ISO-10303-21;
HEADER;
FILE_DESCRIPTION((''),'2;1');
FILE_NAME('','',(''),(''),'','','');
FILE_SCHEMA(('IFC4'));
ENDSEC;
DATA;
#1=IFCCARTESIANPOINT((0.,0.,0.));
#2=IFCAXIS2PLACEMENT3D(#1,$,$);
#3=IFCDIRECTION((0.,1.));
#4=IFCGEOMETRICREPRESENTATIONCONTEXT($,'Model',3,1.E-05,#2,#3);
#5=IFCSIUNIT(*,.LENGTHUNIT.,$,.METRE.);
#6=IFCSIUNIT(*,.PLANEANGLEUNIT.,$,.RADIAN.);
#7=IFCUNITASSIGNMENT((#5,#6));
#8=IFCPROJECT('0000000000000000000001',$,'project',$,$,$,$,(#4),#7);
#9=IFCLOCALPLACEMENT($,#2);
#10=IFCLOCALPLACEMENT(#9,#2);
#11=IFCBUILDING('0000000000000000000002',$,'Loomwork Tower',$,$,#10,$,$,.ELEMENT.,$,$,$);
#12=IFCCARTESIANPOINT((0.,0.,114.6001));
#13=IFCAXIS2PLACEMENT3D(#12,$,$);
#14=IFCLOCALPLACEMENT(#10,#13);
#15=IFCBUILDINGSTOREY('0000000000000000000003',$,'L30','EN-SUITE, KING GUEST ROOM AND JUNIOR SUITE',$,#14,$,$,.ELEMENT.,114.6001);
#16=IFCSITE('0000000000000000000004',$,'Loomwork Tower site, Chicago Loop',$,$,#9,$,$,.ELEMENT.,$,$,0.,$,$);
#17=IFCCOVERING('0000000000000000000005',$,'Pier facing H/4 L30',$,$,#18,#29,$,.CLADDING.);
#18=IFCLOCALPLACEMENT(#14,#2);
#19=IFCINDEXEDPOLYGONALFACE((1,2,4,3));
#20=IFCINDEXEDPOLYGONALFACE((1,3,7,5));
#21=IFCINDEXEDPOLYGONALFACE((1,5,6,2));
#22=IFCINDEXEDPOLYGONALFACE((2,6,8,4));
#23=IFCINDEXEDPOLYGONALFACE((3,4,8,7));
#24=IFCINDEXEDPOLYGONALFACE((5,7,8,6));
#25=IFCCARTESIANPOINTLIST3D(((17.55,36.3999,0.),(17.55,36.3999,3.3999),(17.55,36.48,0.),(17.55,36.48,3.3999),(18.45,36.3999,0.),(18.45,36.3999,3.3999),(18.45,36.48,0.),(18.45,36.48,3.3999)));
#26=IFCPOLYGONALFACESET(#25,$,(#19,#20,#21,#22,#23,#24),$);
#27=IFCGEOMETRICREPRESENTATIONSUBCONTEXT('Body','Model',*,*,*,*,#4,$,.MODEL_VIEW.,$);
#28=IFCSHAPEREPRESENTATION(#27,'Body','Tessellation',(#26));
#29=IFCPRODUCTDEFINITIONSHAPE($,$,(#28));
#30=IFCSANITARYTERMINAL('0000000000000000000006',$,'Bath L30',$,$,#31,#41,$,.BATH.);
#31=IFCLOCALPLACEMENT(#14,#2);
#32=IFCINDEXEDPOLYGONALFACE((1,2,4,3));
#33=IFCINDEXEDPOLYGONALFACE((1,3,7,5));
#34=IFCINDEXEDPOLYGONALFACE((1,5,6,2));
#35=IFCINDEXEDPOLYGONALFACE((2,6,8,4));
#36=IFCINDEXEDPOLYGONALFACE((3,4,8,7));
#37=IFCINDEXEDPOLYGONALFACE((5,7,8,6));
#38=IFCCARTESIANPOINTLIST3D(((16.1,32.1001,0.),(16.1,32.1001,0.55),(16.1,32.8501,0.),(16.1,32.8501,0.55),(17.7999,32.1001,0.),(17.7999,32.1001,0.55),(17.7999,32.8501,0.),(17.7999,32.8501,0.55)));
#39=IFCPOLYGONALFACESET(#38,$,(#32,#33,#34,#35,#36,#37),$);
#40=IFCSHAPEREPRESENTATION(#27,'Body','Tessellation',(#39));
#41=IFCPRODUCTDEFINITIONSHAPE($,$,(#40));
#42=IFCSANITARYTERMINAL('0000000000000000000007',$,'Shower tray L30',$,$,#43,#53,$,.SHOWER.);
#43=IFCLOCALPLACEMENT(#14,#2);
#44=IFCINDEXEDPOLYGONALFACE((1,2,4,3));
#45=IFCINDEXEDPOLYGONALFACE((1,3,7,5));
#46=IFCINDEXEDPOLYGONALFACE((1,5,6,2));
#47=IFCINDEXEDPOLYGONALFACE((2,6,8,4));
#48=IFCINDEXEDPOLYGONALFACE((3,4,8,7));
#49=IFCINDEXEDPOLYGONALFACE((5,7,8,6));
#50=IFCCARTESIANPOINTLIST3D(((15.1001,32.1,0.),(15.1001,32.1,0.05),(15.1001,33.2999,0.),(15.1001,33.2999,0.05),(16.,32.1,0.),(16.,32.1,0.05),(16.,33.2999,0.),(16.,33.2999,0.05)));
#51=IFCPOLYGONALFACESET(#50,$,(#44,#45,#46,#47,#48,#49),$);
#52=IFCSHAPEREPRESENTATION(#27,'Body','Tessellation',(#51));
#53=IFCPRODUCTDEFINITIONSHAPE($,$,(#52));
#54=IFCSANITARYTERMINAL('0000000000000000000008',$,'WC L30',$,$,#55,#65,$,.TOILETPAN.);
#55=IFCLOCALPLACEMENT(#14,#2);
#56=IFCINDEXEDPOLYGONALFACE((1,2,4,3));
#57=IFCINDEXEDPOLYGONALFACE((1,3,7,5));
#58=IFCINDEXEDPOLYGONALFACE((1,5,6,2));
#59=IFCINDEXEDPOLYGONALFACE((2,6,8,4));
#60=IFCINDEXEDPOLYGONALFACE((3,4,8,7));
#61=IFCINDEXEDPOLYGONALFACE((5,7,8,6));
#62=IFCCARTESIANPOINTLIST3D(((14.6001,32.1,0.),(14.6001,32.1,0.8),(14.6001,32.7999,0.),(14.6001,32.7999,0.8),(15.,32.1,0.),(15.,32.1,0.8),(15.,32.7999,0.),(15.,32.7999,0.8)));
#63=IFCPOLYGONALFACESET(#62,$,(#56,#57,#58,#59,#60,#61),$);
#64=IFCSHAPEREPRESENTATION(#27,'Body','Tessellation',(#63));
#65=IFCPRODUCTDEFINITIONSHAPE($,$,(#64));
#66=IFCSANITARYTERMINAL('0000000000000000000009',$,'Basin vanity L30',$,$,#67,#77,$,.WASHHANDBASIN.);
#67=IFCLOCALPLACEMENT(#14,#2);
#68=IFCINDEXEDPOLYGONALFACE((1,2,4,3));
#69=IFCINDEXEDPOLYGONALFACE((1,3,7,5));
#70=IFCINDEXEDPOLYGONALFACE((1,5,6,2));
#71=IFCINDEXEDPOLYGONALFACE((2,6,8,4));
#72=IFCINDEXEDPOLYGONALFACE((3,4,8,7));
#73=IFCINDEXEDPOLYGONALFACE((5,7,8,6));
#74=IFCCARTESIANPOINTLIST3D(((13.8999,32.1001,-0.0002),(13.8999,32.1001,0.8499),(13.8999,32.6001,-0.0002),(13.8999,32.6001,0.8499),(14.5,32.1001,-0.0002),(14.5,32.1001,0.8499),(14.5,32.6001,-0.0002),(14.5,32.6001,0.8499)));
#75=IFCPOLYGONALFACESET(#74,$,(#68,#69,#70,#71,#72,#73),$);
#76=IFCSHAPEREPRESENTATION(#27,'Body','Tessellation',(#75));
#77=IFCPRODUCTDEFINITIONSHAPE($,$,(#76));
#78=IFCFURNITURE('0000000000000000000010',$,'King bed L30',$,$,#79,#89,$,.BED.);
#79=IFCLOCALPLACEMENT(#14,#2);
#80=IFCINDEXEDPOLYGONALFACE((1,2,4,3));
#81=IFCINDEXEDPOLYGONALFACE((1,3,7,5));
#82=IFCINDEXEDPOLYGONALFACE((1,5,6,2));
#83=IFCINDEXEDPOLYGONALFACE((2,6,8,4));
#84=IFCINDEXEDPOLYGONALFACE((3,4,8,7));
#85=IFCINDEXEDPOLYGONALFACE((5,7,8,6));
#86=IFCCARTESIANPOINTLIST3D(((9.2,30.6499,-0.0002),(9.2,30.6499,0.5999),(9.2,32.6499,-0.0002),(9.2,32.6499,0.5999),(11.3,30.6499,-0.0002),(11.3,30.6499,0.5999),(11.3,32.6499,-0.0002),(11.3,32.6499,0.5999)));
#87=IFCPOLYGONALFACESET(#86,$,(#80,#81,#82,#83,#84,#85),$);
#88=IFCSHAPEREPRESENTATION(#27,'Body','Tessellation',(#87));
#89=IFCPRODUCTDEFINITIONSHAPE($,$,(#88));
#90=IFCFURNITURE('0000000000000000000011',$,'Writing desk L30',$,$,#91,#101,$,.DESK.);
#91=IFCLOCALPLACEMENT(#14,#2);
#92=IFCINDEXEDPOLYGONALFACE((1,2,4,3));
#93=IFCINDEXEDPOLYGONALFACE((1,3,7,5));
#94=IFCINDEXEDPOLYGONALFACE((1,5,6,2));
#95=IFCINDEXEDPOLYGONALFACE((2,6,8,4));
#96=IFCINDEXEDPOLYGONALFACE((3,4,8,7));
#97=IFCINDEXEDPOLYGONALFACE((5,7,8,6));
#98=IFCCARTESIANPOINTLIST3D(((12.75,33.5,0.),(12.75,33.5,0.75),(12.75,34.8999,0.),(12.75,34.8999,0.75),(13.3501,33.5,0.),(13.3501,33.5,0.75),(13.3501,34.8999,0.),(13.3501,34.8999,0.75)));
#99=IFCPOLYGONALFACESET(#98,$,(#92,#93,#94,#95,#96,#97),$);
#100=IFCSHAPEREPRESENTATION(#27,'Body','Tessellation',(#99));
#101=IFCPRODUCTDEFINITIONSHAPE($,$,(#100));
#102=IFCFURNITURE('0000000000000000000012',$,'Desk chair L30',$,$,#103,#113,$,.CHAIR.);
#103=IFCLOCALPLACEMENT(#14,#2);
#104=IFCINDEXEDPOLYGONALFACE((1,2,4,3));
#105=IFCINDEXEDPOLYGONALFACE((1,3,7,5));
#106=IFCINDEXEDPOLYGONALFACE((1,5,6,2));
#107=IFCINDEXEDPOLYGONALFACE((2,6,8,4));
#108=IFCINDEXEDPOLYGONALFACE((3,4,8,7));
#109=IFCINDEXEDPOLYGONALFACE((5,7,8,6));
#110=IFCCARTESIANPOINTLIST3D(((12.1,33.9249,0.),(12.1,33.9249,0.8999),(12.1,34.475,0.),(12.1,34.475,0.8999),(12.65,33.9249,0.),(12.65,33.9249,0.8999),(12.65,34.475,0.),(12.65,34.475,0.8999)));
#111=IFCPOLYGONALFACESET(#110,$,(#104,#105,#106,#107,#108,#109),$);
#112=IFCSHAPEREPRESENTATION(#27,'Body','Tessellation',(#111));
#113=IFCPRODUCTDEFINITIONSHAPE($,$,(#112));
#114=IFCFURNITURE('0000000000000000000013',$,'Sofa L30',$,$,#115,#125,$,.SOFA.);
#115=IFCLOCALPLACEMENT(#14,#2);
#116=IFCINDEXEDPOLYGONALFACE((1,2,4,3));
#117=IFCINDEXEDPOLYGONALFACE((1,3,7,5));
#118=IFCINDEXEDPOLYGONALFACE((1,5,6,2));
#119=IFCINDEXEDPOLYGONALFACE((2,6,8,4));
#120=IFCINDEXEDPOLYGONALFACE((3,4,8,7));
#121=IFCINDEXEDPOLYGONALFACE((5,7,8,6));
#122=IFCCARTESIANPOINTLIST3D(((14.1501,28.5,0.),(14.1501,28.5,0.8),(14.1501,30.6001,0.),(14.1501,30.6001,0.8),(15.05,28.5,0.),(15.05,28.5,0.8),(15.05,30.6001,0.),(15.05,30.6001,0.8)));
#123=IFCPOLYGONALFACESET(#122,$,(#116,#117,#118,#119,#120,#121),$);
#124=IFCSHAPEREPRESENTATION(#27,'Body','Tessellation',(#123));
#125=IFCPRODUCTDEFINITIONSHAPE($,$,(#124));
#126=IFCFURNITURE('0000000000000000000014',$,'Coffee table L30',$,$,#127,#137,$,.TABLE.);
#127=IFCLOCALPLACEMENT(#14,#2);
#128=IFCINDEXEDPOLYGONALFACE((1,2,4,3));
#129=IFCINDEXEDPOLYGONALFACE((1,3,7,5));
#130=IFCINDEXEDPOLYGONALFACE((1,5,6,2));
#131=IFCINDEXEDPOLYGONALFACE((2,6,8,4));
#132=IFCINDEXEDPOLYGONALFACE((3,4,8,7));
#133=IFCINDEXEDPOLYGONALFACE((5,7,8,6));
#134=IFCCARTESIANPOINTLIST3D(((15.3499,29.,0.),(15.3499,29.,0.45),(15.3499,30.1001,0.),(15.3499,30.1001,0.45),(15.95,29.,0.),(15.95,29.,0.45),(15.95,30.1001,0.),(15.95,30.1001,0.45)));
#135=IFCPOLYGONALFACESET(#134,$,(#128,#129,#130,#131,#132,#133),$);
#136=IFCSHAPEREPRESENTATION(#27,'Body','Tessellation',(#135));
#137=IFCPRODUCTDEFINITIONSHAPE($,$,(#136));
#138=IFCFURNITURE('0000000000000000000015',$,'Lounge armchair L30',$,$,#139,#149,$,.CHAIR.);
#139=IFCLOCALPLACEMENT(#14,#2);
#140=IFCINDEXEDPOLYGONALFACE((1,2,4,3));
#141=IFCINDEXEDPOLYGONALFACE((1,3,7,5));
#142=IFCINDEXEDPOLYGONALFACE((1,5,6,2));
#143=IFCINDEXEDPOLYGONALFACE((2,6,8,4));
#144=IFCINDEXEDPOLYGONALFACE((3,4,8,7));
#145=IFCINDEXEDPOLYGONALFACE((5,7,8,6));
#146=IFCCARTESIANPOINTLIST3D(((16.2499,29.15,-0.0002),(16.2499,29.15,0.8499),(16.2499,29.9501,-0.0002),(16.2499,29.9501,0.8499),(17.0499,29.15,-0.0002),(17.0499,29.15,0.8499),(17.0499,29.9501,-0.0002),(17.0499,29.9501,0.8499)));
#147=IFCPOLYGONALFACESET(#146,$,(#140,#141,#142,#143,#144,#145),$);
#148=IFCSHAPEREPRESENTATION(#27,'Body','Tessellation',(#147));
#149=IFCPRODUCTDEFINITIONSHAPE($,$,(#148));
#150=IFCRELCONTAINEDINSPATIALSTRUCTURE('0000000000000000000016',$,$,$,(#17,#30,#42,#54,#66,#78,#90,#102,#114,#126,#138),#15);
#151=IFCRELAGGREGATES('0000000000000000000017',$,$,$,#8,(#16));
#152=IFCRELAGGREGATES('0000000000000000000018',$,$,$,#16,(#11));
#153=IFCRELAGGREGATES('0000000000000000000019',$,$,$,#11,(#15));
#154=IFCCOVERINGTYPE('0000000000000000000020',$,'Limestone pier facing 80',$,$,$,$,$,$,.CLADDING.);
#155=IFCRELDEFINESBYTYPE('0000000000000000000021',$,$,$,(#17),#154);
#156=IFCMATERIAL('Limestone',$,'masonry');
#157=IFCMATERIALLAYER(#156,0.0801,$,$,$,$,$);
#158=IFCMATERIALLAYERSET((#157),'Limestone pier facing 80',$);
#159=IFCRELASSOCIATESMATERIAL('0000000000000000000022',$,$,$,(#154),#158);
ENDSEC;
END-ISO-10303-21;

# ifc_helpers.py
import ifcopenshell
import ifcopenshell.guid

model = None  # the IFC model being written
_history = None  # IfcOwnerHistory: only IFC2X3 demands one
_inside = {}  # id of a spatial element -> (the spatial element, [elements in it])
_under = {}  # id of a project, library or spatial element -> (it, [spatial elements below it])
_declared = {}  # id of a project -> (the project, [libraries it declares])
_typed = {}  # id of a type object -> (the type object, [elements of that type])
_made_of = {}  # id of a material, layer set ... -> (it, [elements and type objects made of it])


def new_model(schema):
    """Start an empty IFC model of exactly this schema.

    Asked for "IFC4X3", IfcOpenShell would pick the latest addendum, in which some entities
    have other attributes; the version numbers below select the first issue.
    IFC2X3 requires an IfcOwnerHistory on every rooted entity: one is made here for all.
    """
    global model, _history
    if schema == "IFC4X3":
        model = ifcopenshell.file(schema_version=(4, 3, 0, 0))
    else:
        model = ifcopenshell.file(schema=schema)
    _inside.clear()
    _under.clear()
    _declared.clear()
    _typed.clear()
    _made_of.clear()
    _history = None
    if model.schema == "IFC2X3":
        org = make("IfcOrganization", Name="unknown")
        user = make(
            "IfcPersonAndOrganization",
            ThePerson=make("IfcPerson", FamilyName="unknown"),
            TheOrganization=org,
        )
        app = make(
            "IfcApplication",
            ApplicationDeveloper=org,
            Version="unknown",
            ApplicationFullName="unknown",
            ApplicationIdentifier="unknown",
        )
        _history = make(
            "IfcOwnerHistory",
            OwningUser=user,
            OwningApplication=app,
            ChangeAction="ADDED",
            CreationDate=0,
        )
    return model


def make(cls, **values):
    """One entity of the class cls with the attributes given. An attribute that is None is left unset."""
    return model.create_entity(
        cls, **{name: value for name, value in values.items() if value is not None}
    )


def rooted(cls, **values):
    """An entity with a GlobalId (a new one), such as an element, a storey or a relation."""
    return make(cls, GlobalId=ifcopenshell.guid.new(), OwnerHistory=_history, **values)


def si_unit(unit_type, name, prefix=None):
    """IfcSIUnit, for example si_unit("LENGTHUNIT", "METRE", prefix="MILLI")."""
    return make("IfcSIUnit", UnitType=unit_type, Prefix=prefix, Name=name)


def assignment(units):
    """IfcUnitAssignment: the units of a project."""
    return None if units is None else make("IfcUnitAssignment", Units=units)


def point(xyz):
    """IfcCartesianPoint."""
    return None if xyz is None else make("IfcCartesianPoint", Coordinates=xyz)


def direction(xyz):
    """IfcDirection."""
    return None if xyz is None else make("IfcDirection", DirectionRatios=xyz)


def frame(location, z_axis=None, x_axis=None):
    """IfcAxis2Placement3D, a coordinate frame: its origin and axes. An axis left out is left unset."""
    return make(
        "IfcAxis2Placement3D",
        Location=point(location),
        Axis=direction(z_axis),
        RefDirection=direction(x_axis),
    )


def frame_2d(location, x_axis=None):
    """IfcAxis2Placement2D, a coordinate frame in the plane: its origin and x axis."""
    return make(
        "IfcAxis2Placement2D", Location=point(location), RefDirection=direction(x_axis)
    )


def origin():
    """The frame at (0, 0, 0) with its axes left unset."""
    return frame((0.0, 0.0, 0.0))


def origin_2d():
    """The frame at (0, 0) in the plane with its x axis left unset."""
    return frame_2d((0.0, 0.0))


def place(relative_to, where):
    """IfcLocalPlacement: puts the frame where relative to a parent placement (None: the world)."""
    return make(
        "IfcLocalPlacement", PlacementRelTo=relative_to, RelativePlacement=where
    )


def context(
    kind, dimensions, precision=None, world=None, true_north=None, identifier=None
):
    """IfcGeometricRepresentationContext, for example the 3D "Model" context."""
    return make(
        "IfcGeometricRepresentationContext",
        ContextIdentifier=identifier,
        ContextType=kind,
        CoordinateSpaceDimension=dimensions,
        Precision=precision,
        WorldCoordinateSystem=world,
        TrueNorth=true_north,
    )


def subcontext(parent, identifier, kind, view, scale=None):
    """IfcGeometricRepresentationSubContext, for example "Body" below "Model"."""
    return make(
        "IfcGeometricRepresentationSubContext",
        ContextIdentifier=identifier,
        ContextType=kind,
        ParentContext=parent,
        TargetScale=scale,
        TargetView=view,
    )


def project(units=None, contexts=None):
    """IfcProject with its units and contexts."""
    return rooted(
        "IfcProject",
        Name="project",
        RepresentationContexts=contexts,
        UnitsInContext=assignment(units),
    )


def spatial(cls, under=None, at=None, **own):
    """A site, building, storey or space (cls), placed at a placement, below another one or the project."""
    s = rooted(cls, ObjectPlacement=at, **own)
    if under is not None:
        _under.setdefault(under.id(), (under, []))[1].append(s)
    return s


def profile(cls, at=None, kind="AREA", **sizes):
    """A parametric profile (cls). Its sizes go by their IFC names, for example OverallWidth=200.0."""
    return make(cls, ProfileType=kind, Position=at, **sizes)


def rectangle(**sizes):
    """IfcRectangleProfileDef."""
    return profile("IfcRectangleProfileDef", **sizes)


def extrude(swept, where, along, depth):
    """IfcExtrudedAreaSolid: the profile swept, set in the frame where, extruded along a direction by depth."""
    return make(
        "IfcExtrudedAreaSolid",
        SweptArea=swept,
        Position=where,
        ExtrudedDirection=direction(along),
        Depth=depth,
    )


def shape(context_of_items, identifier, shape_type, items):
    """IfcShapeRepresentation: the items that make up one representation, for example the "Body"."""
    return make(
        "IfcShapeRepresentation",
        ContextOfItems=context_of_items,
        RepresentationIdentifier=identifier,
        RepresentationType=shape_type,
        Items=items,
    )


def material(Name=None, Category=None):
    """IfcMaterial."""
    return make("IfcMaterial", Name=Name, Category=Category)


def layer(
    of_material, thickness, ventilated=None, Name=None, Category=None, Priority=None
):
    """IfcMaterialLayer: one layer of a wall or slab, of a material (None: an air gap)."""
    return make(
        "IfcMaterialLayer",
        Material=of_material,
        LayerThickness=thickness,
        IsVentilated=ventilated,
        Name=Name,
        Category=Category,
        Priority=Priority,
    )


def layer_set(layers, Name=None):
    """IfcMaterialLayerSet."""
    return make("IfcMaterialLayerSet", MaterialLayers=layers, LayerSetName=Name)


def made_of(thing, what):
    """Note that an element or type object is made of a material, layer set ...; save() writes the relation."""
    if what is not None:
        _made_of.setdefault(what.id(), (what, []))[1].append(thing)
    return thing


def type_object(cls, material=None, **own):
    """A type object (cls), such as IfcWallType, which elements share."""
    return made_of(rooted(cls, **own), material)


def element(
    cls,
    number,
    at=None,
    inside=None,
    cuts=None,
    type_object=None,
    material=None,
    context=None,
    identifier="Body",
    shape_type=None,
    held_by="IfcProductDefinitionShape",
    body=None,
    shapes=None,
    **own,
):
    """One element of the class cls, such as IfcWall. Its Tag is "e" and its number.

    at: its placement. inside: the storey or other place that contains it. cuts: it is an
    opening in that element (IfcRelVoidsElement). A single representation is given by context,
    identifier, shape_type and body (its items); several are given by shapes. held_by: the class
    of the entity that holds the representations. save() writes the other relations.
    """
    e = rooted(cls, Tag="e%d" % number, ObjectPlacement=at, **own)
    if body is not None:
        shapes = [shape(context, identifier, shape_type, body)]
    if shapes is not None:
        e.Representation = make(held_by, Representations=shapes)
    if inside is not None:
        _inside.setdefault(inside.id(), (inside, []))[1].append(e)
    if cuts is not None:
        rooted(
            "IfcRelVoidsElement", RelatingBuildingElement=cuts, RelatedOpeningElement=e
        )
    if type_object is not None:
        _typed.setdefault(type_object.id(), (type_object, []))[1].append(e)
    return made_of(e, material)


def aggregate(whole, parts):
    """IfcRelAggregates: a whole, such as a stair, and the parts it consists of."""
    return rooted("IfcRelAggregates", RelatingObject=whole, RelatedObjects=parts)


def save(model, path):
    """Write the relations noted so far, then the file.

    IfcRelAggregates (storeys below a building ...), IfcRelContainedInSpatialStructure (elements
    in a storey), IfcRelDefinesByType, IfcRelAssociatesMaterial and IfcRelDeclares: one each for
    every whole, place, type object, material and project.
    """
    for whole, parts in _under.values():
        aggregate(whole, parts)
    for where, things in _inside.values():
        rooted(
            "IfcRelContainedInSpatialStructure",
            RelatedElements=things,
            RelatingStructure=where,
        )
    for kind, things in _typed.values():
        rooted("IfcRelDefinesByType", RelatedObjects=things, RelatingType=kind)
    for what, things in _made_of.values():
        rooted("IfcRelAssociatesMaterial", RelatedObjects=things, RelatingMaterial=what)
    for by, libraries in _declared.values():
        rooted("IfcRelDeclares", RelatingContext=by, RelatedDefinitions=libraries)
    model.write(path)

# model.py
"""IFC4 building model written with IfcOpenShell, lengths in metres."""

from ifc_helpers import new_model, si_unit, direction, frame, origin, origin_2d, place, context, subcontext, project, spatial, rectangle, extrude, material, layer, layer_set, type_object, element, save


model = new_model("IFC4")

# Units and contexts
model_context = context("Model", 3, precision=1e-05, world=origin(), true_north=direction((0.0, 1.0)))
body_context = subcontext(model_context, "Body", "Model", "MODEL_VIEW")
ifc_project = project(units=[si_unit("LENGTHUNIT", "METRE"), si_unit("PLANEANGLEUNIT", "RADIAN")], contexts=[model_context])

# Site, building, storey
site_placement = place(None, origin())
site = spatial("IfcSite", under=ifc_project, at=site_placement, Name="Loomwork Tower site, Chicago Loop", CompositionType="ELEMENT", RefElevation=0.0)
building_placement = place(site_placement, origin())
building = spatial("IfcBuilding", under=site, at=building_placement, Name="Loomwork Tower", CompositionType="ELEMENT")
storey_placement = place(building_placement, frame((0.0, 0.0, 114.6001)))
storey = spatial("IfcBuildingStorey", under=building, at=storey_placement, Name="L30", Description="EN-SUITE, KING GUEST ROOM AND JUNIOR SUITE", CompositionType="ELEMENT", Elevation=114.6001)

# Covering
ifc_material_1 = material(Name="Limestone", Category="masonry")
ifc_layer_1 = layer(ifc_material_1, 0.0801)
ifc_layer_set_1 = layer_set([ifc_layer_1], Name="Limestone pier facing 80")
covering_type = type_object("IfcCoveringType", Name="Limestone pier facing 80", PredefinedType="CLADDING", material=ifc_layer_set_1)
for number, where, z_axis, x_axis, name in (
    (1, (18.0, 36.4399, 0.0), (0.0, 0.0, 1.0), (1.0, 0.0, 0.0), "Pier facing H/4 L30"),
):
    element("IfcCovering", number, at=place(storey_placement, frame(where, z_axis=z_axis, x_axis=x_axis)), inside=storey, type_object=covering_type, Name=name, PredefinedType="CLADDING", context=body_context, shape_type="SweptSolid", body=[
        extrude(rectangle(XDim=0.8999, YDim=0.0801, at=origin_2d()), origin(), (0.0, 0.0, 1.0), 3.3999),
    ])

# Sanitary terminals
sanitary_terminal_1_placement = place(storey_placement, frame((16.95, 32.4751, 0.0), z_axis=(0.0, 0.0, 1.0), x_axis=(1.0, 0.0, 0.0)))
element("IfcSanitaryTerminal", 2, at=sanitary_terminal_1_placement, inside=storey, Name="Bath L30", PredefinedType="BATH", context=body_context, shape_type="SweptSolid", body=[
    extrude(rectangle(XDim=1.7, YDim=0.75, at=origin_2d()), origin(), (0.0, 0.0, 1.0), 0.55),
])
sanitary_terminal_2_placement = place(storey_placement, frame((15.55, 32.7, 0.0), z_axis=(0.0, 0.0, 1.0), x_axis=(1.0, 0.0, 0.0)))
element("IfcSanitaryTerminal", 3, at=sanitary_terminal_2_placement, inside=storey, Name="Shower tray L30", PredefinedType="SHOWER", context=body_context, shape_type="SweptSolid", body=[
    extrude(rectangle(XDim=0.8999, YDim=1.2, at=origin_2d()), origin(), (0.0, 0.0, 1.0), 0.05),
])
sanitary_terminal_3_placement = place(storey_placement, frame((14.8, 32.45, 0.0), z_axis=(0.0, 0.0, 1.0), x_axis=(1.0, 0.0, 0.0)))
element("IfcSanitaryTerminal", 4, at=sanitary_terminal_3_placement, inside=storey, Name="WC L30", PredefinedType="TOILETPAN", context=body_context, shape_type="SweptSolid", body=[
    extrude(rectangle(XDim=0.3999, YDim=0.7, at=origin_2d()), origin(), (0.0, 0.0, 1.0), 0.8),
])
sanitary_terminal_4_placement = place(storey_placement, frame((14.2, 32.3501, -0.0002), z_axis=(0.0, 0.0, 1.0), x_axis=(1.0, 0.0, 0.0)))
element("IfcSanitaryTerminal", 5, at=sanitary_terminal_4_placement, inside=storey, Name="Basin vanity L30", PredefinedType="WASHHANDBASIN", context=body_context, shape_type="SweptSolid", body=[
    extrude(rectangle(XDim=0.6001, YDim=0.5, at=origin_2d()), origin(), (0.0, 0.0, 1.0), 0.8501),
])

# Furniture
furniture_1_placement = place(storey_placement, frame((10.25, 31.6499, -0.0002), z_axis=(0.0, 0.0, 1.0), x_axis=(1.0, 0.0, 0.0)))
element("IfcFurniture", 6, at=furniture_1_placement, inside=storey, Name="King bed L30", PredefinedType="BED", context=body_context, shape_type="SweptSolid", body=[
    extrude(rectangle(XDim=2.1001, YDim=2.0, at=origin_2d()), origin(), (0.0, 0.0, 1.0), 0.6001),
])
furniture_2_placement = place(storey_placement, frame((13.05, 34.2, 0.0), z_axis=(0.0, 0.0, 1.0), x_axis=(1.0, 0.0, 0.0)))
element("IfcFurniture", 7, at=furniture_2_placement, inside=storey, Name="Writing desk L30", PredefinedType="DESK", context=body_context, shape_type="SweptSolid", body=[
    extrude(rectangle(XDim=0.6001, YDim=1.3999, at=origin_2d()), origin(), (0.0, 0.0, 1.0), 0.75),
])
furniture_3_placement = place(storey_placement, frame((12.375, 34.2, 0.0), z_axis=(0.0, 0.0, 1.0), x_axis=(1.0, 0.0, 0.0)))
element("IfcFurniture", 8, at=furniture_3_placement, inside=storey, Name="Desk chair L30", PredefinedType="CHAIR", context=body_context, shape_type="SweptSolid", body=[
    extrude(rectangle(XDim=0.55, YDim=0.55, at=origin_2d()), origin(), (0.0, 0.0, 1.0), 0.8999),
])
furniture_4_placement = place(storey_placement, frame((14.6001, 29.55, 0.0), z_axis=(0.0, 0.0, 1.0), x_axis=(1.0, 0.0, 0.0)))
element("IfcFurniture", 9, at=furniture_4_placement, inside=storey, Name="Sofa L30", PredefinedType="SOFA", context=body_context, shape_type="SweptSolid", body=[
    extrude(rectangle(XDim=0.8999, YDim=2.1001, at=origin_2d()), origin(), (0.0, 0.0, 1.0), 0.8),
])
furniture_5_placement = place(storey_placement, frame((15.6499, 29.55, 0.0), z_axis=(0.0, 0.0, 1.0), x_axis=(1.0, 0.0, 0.0)))
element("IfcFurniture", 10, at=furniture_5_placement, inside=storey, Name="Coffee table L30", PredefinedType="TABLE", context=body_context, shape_type="SweptSolid", body=[
    extrude(rectangle(XDim=0.6001, YDim=1.1001, at=origin_2d()), origin(), (0.0, 0.0, 1.0), 0.45),
])
furniture_6_placement = place(storey_placement, frame((16.6499, 29.55, -0.0002), z_axis=(0.0, 0.0, 1.0), x_axis=(1.0, 0.0, 0.0)))
element("IfcFurniture", 11, at=furniture_6_placement, inside=storey, Name="Lounge armchair L30", PredefinedType="CHAIR", context=body_context, shape_type="SweptSolid", body=[
    extrude(rectangle(XDim=0.8, YDim=0.8, at=origin_2d()), origin(), (0.0, 0.0, 1.0), 0.8501),
])

save(model, "model.ifc")
